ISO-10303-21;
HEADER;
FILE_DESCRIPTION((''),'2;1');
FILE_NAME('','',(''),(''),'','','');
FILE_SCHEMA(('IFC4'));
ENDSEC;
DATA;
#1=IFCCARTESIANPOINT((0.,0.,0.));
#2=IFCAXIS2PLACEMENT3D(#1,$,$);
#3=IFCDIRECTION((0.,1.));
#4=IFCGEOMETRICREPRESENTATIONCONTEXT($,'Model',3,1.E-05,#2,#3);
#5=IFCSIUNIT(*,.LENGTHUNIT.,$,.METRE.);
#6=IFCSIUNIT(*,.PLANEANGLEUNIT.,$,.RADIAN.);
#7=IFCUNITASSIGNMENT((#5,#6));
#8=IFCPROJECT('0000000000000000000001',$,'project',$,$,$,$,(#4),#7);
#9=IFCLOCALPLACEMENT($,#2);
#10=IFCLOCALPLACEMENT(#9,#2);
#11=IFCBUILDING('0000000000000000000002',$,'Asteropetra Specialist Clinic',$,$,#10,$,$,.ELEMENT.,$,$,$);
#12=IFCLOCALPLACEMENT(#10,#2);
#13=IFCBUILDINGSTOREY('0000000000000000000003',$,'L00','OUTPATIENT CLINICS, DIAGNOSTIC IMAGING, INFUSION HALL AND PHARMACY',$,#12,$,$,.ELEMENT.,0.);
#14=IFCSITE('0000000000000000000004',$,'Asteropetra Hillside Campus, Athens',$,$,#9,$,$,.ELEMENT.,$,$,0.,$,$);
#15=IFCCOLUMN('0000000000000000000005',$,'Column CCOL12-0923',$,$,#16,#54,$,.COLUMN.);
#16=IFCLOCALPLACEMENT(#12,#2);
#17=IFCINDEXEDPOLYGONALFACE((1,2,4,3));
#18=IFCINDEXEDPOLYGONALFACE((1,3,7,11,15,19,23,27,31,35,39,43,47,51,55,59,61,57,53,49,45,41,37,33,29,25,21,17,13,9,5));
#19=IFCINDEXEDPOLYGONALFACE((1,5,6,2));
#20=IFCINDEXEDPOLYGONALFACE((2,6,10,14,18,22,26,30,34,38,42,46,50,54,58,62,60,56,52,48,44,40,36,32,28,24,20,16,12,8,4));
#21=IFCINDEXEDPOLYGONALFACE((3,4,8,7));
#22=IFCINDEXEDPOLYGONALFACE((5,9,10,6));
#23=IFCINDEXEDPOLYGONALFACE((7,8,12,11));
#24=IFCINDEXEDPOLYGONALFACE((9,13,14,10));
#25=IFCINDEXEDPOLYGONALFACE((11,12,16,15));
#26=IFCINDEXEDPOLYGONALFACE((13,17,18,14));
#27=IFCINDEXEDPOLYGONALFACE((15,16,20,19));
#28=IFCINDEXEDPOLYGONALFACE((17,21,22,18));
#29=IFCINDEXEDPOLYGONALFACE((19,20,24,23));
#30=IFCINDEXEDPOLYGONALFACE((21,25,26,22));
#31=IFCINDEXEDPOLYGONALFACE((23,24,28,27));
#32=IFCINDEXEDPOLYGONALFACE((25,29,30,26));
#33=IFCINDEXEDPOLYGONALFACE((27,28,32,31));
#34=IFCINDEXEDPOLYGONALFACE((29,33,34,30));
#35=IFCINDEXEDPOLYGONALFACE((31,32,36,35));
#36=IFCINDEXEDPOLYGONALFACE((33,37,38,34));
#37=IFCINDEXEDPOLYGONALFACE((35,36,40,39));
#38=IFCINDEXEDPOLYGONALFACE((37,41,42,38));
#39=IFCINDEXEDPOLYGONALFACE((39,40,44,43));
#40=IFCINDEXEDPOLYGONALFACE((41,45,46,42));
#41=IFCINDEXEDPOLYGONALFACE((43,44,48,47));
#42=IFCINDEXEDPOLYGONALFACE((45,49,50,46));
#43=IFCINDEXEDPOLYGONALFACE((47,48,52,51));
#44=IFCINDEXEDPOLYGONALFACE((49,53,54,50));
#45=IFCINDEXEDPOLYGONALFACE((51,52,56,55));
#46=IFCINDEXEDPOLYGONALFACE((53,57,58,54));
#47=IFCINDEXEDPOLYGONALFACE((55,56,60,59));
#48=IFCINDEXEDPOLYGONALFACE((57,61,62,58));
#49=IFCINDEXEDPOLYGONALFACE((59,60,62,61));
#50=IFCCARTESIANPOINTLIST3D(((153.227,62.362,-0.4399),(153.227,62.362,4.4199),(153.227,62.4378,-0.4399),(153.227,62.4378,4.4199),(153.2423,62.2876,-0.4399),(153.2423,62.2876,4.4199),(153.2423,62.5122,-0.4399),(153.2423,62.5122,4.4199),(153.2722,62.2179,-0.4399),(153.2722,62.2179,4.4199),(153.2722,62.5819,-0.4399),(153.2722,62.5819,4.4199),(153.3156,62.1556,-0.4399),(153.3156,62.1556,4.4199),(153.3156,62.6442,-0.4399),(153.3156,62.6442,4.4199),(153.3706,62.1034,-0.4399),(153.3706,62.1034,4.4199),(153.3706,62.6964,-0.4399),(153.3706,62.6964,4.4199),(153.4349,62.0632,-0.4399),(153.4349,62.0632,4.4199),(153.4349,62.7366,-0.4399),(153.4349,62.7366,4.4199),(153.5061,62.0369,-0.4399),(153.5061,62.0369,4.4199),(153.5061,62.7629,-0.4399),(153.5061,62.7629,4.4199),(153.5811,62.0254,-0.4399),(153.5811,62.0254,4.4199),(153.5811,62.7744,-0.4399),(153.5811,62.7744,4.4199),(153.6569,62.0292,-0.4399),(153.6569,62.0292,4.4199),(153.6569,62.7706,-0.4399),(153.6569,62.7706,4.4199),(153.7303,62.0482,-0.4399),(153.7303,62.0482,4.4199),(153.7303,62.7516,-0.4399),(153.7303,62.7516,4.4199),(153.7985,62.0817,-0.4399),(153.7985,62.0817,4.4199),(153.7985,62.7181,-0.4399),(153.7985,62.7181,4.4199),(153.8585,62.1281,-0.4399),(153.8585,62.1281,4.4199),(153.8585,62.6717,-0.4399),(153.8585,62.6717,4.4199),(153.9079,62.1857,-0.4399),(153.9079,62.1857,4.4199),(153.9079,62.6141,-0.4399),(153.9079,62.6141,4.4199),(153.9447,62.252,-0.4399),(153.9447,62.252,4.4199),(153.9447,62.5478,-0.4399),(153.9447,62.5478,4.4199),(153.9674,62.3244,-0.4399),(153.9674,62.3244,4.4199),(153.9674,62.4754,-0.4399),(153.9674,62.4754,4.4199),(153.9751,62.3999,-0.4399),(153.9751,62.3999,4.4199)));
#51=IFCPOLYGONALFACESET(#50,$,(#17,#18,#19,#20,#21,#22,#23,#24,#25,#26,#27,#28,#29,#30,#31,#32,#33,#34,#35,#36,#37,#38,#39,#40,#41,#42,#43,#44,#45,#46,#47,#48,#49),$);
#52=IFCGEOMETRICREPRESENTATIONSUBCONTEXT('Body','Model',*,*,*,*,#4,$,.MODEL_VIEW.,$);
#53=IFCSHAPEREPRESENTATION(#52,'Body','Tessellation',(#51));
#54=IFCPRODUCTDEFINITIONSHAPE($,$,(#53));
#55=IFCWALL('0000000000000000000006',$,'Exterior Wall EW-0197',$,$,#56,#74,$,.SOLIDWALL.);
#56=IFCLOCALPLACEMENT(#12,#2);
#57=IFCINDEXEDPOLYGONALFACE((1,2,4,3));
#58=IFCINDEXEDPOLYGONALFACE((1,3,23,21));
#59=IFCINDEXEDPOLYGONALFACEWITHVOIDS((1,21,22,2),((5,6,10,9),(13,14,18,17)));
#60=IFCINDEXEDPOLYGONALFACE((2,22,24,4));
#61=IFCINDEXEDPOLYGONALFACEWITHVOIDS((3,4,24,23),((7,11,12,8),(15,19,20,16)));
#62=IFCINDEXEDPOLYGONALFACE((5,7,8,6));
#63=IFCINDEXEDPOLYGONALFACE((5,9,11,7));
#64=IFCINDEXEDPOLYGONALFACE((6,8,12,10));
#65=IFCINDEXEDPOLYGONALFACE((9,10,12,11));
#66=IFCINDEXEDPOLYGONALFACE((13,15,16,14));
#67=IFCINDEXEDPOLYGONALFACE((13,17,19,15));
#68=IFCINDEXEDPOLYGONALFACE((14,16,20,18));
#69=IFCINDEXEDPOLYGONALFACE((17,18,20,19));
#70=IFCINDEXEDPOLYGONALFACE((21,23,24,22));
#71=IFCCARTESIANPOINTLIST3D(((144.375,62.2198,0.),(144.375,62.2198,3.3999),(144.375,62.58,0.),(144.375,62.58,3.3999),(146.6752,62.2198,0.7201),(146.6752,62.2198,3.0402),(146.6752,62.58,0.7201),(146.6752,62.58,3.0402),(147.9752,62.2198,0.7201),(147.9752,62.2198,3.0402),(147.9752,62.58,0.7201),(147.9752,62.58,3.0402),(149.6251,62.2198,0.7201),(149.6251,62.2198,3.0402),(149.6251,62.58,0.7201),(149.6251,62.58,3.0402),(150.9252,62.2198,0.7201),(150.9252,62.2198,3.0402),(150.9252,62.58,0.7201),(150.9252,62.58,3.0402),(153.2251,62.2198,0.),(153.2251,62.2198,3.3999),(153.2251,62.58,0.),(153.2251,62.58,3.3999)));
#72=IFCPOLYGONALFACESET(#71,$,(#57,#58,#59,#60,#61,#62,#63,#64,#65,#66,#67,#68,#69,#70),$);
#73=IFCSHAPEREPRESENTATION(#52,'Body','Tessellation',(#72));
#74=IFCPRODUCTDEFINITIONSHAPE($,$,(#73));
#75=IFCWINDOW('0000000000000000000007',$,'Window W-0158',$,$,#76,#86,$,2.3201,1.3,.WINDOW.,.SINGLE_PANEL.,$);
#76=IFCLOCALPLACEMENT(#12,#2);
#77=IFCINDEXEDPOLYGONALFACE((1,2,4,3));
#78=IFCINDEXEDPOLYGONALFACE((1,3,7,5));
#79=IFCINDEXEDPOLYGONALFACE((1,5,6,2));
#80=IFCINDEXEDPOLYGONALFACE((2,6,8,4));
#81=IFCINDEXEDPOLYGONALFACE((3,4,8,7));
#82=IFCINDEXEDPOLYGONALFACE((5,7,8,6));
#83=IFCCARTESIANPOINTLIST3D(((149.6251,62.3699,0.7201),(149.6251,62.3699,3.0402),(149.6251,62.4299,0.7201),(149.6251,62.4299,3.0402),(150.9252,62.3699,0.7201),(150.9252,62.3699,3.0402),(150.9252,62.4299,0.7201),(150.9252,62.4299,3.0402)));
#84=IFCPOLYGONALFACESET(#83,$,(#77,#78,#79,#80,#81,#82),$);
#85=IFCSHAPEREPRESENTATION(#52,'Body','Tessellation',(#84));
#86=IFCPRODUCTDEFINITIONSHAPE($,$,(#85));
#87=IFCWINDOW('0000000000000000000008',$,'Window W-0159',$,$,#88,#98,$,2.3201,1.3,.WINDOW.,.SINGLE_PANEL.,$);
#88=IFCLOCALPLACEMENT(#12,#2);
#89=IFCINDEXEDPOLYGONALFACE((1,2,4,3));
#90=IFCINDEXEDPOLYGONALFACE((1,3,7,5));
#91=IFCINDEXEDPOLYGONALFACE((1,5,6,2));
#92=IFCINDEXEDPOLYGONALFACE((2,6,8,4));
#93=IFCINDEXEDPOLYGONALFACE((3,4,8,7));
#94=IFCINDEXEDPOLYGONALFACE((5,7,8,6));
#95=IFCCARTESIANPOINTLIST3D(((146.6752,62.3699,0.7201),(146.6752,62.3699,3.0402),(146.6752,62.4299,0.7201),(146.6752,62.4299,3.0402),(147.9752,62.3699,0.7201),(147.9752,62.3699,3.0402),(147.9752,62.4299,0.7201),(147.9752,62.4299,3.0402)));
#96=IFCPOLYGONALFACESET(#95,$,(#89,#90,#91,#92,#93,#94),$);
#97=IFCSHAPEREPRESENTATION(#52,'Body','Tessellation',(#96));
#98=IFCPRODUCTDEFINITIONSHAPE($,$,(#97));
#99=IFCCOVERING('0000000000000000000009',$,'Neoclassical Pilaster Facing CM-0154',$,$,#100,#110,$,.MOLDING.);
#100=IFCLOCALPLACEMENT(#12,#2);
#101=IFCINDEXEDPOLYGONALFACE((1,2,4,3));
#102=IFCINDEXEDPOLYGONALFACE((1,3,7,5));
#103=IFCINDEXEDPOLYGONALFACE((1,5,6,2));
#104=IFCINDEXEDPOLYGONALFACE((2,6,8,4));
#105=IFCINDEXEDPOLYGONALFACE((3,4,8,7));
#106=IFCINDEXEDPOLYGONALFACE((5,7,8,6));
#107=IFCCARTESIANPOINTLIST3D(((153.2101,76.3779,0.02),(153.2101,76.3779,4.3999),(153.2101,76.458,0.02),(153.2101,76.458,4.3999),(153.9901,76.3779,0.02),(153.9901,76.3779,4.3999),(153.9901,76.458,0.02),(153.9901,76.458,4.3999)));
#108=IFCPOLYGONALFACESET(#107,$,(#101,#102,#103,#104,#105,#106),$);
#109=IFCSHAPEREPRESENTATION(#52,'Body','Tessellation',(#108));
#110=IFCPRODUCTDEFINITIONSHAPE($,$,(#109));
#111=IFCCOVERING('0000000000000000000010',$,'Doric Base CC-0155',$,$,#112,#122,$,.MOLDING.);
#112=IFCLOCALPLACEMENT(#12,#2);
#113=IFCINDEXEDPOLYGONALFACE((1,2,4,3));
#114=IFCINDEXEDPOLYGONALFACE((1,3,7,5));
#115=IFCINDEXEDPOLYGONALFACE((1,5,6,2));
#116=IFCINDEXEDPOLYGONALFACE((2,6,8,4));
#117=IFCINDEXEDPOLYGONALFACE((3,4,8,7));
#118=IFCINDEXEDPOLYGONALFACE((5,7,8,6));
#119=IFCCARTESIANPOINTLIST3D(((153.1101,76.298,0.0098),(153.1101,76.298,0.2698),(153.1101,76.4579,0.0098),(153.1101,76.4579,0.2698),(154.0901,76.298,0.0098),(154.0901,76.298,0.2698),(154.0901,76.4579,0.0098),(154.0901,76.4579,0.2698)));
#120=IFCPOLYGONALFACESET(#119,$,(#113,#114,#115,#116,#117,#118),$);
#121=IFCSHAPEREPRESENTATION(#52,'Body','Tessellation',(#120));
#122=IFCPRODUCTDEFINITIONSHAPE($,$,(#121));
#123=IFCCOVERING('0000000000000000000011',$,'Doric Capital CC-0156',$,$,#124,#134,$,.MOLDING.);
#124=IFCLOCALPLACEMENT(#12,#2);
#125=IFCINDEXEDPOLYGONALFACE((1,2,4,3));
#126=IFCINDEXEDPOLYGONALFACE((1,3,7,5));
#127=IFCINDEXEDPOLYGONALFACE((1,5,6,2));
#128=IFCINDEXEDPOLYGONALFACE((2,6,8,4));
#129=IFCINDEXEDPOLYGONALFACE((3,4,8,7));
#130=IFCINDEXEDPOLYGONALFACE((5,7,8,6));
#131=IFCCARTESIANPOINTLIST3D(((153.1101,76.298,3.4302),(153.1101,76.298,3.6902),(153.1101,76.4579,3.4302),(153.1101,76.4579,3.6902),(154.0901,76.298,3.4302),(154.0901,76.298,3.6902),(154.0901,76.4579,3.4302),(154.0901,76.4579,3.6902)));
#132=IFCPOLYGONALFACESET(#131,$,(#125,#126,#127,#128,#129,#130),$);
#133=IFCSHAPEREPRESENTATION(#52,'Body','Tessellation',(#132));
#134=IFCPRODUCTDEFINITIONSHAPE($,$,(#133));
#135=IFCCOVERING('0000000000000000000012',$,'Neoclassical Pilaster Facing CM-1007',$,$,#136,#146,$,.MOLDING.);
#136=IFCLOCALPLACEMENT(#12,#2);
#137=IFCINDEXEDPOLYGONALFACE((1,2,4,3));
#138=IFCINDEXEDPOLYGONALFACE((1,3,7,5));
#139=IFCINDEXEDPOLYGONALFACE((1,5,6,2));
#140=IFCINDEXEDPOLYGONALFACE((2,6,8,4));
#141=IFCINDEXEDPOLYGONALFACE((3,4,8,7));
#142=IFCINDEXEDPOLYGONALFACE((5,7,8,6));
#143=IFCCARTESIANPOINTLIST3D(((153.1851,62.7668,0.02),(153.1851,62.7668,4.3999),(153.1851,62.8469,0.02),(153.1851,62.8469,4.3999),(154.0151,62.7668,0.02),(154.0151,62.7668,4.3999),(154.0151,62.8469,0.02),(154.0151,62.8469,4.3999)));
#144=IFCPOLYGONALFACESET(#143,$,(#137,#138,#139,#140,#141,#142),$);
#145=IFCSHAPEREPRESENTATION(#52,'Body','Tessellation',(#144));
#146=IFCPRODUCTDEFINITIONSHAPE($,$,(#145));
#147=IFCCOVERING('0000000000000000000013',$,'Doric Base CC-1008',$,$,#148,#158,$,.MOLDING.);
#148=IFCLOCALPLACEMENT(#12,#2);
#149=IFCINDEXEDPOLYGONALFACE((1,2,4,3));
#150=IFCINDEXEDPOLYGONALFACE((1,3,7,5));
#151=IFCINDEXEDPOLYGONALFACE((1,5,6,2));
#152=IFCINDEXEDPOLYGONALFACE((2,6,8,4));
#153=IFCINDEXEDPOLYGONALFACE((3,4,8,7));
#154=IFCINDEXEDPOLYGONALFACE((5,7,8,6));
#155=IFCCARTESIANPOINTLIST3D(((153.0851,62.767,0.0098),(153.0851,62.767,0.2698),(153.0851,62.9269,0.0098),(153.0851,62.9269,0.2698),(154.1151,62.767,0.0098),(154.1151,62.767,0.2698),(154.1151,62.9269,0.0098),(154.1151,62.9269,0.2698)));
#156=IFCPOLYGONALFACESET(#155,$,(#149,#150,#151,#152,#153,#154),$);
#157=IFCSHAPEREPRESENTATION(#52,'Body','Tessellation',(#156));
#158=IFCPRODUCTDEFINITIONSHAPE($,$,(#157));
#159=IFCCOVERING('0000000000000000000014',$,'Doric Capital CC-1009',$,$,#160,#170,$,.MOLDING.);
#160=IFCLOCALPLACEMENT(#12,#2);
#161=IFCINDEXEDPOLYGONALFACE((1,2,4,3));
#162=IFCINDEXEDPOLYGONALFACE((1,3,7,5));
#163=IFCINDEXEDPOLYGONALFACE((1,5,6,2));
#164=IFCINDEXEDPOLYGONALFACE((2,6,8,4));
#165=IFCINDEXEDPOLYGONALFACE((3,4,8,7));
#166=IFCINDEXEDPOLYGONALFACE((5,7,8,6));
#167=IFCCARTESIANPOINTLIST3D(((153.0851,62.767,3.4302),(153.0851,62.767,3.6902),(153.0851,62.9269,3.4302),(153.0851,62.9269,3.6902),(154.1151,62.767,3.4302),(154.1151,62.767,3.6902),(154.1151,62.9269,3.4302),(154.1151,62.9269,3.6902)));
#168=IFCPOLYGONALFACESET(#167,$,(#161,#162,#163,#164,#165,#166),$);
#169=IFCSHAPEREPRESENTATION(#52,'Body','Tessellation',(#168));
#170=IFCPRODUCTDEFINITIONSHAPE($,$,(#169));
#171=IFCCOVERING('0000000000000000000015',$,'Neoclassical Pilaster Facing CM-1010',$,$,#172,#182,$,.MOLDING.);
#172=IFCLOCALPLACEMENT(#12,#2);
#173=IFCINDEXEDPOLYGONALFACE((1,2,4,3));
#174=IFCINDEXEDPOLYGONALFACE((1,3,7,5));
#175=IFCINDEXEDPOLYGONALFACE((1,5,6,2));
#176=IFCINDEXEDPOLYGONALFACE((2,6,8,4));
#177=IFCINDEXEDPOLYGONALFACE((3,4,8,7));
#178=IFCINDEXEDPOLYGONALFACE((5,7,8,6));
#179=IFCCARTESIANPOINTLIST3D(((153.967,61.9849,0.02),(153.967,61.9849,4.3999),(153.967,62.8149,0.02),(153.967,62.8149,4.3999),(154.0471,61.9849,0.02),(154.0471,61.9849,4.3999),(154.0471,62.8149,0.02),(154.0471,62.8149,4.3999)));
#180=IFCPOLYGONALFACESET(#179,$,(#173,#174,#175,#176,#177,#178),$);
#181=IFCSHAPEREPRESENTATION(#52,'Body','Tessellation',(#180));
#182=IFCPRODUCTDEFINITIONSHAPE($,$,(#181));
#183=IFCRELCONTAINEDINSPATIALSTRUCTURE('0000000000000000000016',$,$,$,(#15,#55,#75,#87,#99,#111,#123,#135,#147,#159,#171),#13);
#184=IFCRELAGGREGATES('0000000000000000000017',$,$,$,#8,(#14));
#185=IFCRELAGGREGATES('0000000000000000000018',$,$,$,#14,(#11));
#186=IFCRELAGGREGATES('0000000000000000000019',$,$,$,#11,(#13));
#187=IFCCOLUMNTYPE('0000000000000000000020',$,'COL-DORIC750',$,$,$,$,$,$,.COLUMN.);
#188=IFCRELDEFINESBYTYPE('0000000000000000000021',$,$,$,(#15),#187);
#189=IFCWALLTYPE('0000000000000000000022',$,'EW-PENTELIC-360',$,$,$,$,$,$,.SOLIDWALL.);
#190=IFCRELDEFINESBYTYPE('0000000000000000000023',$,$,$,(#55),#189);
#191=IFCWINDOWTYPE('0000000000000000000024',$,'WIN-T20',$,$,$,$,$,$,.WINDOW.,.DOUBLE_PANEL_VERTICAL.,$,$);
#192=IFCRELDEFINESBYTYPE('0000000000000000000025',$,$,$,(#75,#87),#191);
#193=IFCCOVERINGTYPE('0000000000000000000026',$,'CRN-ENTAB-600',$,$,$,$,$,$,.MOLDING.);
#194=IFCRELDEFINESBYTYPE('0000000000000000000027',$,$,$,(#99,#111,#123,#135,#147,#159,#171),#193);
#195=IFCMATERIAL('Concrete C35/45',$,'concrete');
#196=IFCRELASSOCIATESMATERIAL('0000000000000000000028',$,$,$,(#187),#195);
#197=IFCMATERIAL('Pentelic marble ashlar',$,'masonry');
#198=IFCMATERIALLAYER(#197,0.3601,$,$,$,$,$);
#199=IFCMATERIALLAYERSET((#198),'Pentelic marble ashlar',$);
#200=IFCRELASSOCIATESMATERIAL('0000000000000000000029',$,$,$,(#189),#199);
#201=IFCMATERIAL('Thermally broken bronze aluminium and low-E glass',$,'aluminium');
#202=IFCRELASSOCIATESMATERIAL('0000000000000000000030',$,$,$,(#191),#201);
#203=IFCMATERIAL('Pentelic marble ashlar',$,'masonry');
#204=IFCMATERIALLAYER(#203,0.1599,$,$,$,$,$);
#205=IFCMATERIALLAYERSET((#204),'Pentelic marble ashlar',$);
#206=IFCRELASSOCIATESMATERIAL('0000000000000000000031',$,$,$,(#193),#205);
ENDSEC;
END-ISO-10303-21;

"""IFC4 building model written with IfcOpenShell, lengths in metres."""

from ifc_helpers import new_model, si_unit, direction, frame, frame_2d, origin, origin_2d, place, context, subcontext, project, spatial, rectangle, circle, extrude, material, layer, layer_set, material_profile, profile_set, type_object, element, fill, save


model = new_model("IFC4")

# Units and contexts
model_context = context("Model", 3, precision=1e-05, world=origin(), true_north=direction((0.0, 1.0)))
body_context = subcontext(model_context, "Body", "Model", "MODEL_VIEW")
ifc_project = project(units=[si_unit("LENGTHUNIT", "METRE"), si_unit("PLANEANGLEUNIT", "RADIAN")], contexts=[model_context])

# Site, building, storey
site_placement = place(None, origin())
site = spatial("IfcSite", under=ifc_project, at=site_placement, Name="Asteropetra Hillside Campus, Athens", CompositionType="ELEMENT", RefElevation=0.0)
building_placement = place(site_placement, origin())
building = spatial("IfcBuilding", under=site, at=building_placement, Name="Asteropetra Specialist Clinic", CompositionType="ELEMENT")
storey_placement = place(building_placement, origin())
storey = spatial("IfcBuildingStorey", under=building, at=storey_placement, Name="L00", Description="OUTPATIENT CLINICS, DIAGNOSTIC IMAGING, INFUSION HALL AND PHARMACY", CompositionType="ELEMENT", Elevation=0.0)

# Column
ifc_material_1 = material(Name="Concrete C35/45", Category="concrete")
ifc_material_profile_1 = material_profile(ifc_material_1, circle(Radius=0.375, at=origin_2d()), Name="RCC D750")
ifc_profile_set_1 = profile_set([ifc_material_profile_1], Name="Concrete C35/45")
column_type = type_object("IfcColumnType", Name="COL-DORIC750", PredefinedType="COLUMN", material=ifc_profile_set_1)
column_placement = place(storey_placement, frame((153.6001, 62.3999, -0.4399), z_axis=(0.0, 0.0, 1.0), x_axis=(1.0, 0.0, 0.0)))
element("IfcColumn", 1, at=column_placement, inside=storey, type_object=column_type, Name="Column CCOL12-0923", PredefinedType="COLUMN", context=body_context, shape_type="SweptSolid", body=[
    extrude(circle(Radius=0.375, at=origin_2d()), origin(), (0.0, 0.0, 1.0), 4.8599),
])

# Wall, openings, windows
ifc_material_2 = material(Name="Pentelic marble ashlar", Category="masonry")
ifc_layer_1 = layer(ifc_material_2, 0.3601)
ifc_layer_set_1 = layer_set([ifc_layer_1], Name="Pentelic marble ashlar")
wall_type = type_object("IfcWallType", Name="EW-PENTELIC-360", PredefinedType="SOLIDWALL", material=ifc_layer_set_1)
wall_placement = place(storey_placement, frame((153.2251, 62.3999, 0.0), z_axis=(0.0, 0.0, 1.0), x_axis=(-1.0, 0.0, 0.0)))
wall = element("IfcWall", 2, at=wall_placement, inside=storey, type_object=wall_type, Name="Exterior Wall EW-0197", PredefinedType="SOLIDWALL", context=body_context, shape_type="SweptSolid", body=[
    extrude(rectangle(XDim=8.8501, YDim=0.3601, at=frame_2d((4.425, 0.0))), origin(), (0.0, 0.0, 1.0), 3.3999),
])
opening_1_placement = place(wall_placement, frame((2.3, 0.0, 0.72)))
opening_1 = element("IfcOpeningElement", 3, at=opening_1_placement, cuts=wall, PredefinedType="OPENING", context=body_context, shape_type="SweptSolid", body=[
    extrude(rectangle(XDim=1.3, YDim=2.3201, at=frame_2d((0.6499, 1.1602))), frame((0.0, 0.1899, 0.0), z_axis=(0.0, -1.0, 0.0), x_axis=(1.0, 0.0, 0.0)), (0.0, 0.0, 1.0), 0.3801),
])
opening_2_placement = place(wall_placement, frame((5.25, 0.0, 0.72)))
opening_2 = element("IfcOpeningElement", 4, at=opening_2_placement, cuts=wall, PredefinedType="OPENING", context=body_context, shape_type="SweptSolid", body=[
    extrude(rectangle(XDim=1.3, YDim=2.3201, at=frame_2d((0.6499, 1.1602))), frame((0.0, 0.1899, 0.0), z_axis=(0.0, -1.0, 0.0), x_axis=(1.0, 0.0, 0.0)), (0.0, 0.0, 1.0), 0.3801),
])
ifc_material_3 = material(Name="Thermally broken bronze aluminium and low-E glass", Category="aluminium")
window_type = type_object("IfcWindowType", Name="WIN-T20", PartitioningType="DOUBLE_PANEL_VERTICAL", PredefinedType="WINDOW", material=ifc_material_3)
window_1_placement = place(opening_1_placement, origin())
window_1 = element("IfcWindow", 5, at=window_1_placement, inside=storey, type_object=window_type, Name="Window W-0158", OverallHeight=2.3201, OverallWidth=1.3, PartitioningType="SINGLE_PANEL", PredefinedType="WINDOW", context=body_context, shape_type="SweptSolid", body=[
    extrude(rectangle(XDim=1.3, YDim=2.3201, at=frame_2d((0.6499, 1.1602))), frame((0.0, 0.03, 0.0), z_axis=(0.0, -1.0, 0.0), x_axis=(1.0, 0.0, 0.0)), (0.0, 0.0, 1.0), 0.0601),
])
fill(opening_1, window_1)
window_2_placement = place(opening_2_placement, origin())
window_2 = element("IfcWindow", 6, at=window_2_placement, inside=storey, type_object=window_type, Name="Window W-0159", OverallHeight=2.3201, OverallWidth=1.3, PartitioningType="SINGLE_PANEL", PredefinedType="WINDOW", context=body_context, shape_type="SweptSolid", body=[
    extrude(rectangle(XDim=1.3, YDim=2.3201, at=frame_2d((0.6499, 1.1602))), frame((0.0, 0.03, 0.0), z_axis=(0.0, -1.0, 0.0), x_axis=(1.0, 0.0, 0.0)), (0.0, 0.0, 1.0), 0.0601),
])
fill(opening_2, window_2)

# Coverings
ifc_material_4 = material(Name="Pentelic marble ashlar", Category="masonry")
ifc_layer_2 = layer(ifc_material_4, 0.1599)
ifc_layer_set_2 = layer_set([ifc_layer_2], Name="Pentelic marble ashlar")
covering_type = type_object("IfcCoveringType", Name="CRN-ENTAB-600", PredefinedType="MOLDING", material=ifc_layer_set_2)
covering_1_placement = place(storey_placement, frame((153.6001, 76.418, 0.02), z_axis=(0.0, 0.0, 1.0), x_axis=(1.0, 0.0, 0.0)))
element("IfcCovering", 7, at=covering_1_placement, inside=storey, type_object=covering_type, Name="Neoclassical Pilaster Facing CM-0154", PredefinedType="MOLDING", context=body_context, shape_type="SweptSolid", body=[
    extrude(rectangle(XDim=0.78, YDim=0.0801, at=origin_2d()), origin(), (0.0, 0.0, 1.0), 4.3799),
])
for number, where, z_axis, x_axis, name in (
    (8, (153.6001, 76.3779, 0.0098), (0.0, 0.0, 1.0), (1.0, 0.0, 0.0), "Doric Base CC-0155"),
    (9, (153.6001, 76.3779, 3.4302), (0.0, 0.0, 1.0), (1.0, 0.0, 0.0), "Doric Capital CC-0156"),
):
    element("IfcCovering", number, at=place(storey_placement, frame(where, z_axis=z_axis, x_axis=x_axis)), inside=storey, type_object=covering_type, Name=name, PredefinedType="MOLDING", context=body_context, shape_type="SweptSolid", body=[
        extrude(rectangle(XDim=0.98, YDim=0.1599, at=origin_2d()), origin(), (0.0, 0.0, 1.0), 0.26),
    ])
covering_2_placement = place(storey_placement, frame((153.6001, 62.8069, 0.02), z_axis=(0.0, 0.0, 1.0), x_axis=(1.0, 0.0, 0.0)))
element("IfcCovering", 10, at=covering_2_placement, inside=storey, type_object=covering_type, Name="Neoclassical Pilaster Facing CM-1007", PredefinedType="MOLDING", context=body_context, shape_type="SweptSolid", body=[
    extrude(rectangle(XDim=0.8301, YDim=0.0801, at=origin_2d()), origin(), (0.0, 0.0, 1.0), 4.3799),
])
for number, where, z_axis, x_axis, name in (
    (11, (153.6001, 62.8469, 0.0098), (0.0, 0.0, 1.0), (1.0, 0.0, 0.0), "Doric Base CC-1008"),
    (12, (153.6001, 62.8469, 3.4302), (0.0, 0.0, 1.0), (1.0, 0.0, 0.0), "Doric Capital CC-1009"),
):
    element("IfcCovering", number, at=place(storey_placement, frame(where, z_axis=z_axis, x_axis=x_axis)), inside=storey, type_object=covering_type, Name=name, PredefinedType="MOLDING", context=body_context, shape_type="SweptSolid", body=[
        extrude(rectangle(XDim=1.03, YDim=0.1599, at=origin_2d()), origin(), (0.0, 0.0, 1.0), 0.26),
    ])
covering_3_placement = place(storey_placement, frame((154.0071, 62.3999, 0.02), z_axis=(0.0, 0.0, 1.0), x_axis=(1.0, 0.0, 0.0)))
element("IfcCovering", 13, at=covering_3_placement, inside=storey, type_object=covering_type, Name="Neoclassical Pilaster Facing CM-1010", PredefinedType="MOLDING", context=body_context, shape_type="SweptSolid", body=[
    extrude(rectangle(XDim=0.0801, YDim=0.8301, at=origin_2d()), origin(), (0.0, 0.0, 1.0), 4.3799),
])

save(model, "model.ifc")
